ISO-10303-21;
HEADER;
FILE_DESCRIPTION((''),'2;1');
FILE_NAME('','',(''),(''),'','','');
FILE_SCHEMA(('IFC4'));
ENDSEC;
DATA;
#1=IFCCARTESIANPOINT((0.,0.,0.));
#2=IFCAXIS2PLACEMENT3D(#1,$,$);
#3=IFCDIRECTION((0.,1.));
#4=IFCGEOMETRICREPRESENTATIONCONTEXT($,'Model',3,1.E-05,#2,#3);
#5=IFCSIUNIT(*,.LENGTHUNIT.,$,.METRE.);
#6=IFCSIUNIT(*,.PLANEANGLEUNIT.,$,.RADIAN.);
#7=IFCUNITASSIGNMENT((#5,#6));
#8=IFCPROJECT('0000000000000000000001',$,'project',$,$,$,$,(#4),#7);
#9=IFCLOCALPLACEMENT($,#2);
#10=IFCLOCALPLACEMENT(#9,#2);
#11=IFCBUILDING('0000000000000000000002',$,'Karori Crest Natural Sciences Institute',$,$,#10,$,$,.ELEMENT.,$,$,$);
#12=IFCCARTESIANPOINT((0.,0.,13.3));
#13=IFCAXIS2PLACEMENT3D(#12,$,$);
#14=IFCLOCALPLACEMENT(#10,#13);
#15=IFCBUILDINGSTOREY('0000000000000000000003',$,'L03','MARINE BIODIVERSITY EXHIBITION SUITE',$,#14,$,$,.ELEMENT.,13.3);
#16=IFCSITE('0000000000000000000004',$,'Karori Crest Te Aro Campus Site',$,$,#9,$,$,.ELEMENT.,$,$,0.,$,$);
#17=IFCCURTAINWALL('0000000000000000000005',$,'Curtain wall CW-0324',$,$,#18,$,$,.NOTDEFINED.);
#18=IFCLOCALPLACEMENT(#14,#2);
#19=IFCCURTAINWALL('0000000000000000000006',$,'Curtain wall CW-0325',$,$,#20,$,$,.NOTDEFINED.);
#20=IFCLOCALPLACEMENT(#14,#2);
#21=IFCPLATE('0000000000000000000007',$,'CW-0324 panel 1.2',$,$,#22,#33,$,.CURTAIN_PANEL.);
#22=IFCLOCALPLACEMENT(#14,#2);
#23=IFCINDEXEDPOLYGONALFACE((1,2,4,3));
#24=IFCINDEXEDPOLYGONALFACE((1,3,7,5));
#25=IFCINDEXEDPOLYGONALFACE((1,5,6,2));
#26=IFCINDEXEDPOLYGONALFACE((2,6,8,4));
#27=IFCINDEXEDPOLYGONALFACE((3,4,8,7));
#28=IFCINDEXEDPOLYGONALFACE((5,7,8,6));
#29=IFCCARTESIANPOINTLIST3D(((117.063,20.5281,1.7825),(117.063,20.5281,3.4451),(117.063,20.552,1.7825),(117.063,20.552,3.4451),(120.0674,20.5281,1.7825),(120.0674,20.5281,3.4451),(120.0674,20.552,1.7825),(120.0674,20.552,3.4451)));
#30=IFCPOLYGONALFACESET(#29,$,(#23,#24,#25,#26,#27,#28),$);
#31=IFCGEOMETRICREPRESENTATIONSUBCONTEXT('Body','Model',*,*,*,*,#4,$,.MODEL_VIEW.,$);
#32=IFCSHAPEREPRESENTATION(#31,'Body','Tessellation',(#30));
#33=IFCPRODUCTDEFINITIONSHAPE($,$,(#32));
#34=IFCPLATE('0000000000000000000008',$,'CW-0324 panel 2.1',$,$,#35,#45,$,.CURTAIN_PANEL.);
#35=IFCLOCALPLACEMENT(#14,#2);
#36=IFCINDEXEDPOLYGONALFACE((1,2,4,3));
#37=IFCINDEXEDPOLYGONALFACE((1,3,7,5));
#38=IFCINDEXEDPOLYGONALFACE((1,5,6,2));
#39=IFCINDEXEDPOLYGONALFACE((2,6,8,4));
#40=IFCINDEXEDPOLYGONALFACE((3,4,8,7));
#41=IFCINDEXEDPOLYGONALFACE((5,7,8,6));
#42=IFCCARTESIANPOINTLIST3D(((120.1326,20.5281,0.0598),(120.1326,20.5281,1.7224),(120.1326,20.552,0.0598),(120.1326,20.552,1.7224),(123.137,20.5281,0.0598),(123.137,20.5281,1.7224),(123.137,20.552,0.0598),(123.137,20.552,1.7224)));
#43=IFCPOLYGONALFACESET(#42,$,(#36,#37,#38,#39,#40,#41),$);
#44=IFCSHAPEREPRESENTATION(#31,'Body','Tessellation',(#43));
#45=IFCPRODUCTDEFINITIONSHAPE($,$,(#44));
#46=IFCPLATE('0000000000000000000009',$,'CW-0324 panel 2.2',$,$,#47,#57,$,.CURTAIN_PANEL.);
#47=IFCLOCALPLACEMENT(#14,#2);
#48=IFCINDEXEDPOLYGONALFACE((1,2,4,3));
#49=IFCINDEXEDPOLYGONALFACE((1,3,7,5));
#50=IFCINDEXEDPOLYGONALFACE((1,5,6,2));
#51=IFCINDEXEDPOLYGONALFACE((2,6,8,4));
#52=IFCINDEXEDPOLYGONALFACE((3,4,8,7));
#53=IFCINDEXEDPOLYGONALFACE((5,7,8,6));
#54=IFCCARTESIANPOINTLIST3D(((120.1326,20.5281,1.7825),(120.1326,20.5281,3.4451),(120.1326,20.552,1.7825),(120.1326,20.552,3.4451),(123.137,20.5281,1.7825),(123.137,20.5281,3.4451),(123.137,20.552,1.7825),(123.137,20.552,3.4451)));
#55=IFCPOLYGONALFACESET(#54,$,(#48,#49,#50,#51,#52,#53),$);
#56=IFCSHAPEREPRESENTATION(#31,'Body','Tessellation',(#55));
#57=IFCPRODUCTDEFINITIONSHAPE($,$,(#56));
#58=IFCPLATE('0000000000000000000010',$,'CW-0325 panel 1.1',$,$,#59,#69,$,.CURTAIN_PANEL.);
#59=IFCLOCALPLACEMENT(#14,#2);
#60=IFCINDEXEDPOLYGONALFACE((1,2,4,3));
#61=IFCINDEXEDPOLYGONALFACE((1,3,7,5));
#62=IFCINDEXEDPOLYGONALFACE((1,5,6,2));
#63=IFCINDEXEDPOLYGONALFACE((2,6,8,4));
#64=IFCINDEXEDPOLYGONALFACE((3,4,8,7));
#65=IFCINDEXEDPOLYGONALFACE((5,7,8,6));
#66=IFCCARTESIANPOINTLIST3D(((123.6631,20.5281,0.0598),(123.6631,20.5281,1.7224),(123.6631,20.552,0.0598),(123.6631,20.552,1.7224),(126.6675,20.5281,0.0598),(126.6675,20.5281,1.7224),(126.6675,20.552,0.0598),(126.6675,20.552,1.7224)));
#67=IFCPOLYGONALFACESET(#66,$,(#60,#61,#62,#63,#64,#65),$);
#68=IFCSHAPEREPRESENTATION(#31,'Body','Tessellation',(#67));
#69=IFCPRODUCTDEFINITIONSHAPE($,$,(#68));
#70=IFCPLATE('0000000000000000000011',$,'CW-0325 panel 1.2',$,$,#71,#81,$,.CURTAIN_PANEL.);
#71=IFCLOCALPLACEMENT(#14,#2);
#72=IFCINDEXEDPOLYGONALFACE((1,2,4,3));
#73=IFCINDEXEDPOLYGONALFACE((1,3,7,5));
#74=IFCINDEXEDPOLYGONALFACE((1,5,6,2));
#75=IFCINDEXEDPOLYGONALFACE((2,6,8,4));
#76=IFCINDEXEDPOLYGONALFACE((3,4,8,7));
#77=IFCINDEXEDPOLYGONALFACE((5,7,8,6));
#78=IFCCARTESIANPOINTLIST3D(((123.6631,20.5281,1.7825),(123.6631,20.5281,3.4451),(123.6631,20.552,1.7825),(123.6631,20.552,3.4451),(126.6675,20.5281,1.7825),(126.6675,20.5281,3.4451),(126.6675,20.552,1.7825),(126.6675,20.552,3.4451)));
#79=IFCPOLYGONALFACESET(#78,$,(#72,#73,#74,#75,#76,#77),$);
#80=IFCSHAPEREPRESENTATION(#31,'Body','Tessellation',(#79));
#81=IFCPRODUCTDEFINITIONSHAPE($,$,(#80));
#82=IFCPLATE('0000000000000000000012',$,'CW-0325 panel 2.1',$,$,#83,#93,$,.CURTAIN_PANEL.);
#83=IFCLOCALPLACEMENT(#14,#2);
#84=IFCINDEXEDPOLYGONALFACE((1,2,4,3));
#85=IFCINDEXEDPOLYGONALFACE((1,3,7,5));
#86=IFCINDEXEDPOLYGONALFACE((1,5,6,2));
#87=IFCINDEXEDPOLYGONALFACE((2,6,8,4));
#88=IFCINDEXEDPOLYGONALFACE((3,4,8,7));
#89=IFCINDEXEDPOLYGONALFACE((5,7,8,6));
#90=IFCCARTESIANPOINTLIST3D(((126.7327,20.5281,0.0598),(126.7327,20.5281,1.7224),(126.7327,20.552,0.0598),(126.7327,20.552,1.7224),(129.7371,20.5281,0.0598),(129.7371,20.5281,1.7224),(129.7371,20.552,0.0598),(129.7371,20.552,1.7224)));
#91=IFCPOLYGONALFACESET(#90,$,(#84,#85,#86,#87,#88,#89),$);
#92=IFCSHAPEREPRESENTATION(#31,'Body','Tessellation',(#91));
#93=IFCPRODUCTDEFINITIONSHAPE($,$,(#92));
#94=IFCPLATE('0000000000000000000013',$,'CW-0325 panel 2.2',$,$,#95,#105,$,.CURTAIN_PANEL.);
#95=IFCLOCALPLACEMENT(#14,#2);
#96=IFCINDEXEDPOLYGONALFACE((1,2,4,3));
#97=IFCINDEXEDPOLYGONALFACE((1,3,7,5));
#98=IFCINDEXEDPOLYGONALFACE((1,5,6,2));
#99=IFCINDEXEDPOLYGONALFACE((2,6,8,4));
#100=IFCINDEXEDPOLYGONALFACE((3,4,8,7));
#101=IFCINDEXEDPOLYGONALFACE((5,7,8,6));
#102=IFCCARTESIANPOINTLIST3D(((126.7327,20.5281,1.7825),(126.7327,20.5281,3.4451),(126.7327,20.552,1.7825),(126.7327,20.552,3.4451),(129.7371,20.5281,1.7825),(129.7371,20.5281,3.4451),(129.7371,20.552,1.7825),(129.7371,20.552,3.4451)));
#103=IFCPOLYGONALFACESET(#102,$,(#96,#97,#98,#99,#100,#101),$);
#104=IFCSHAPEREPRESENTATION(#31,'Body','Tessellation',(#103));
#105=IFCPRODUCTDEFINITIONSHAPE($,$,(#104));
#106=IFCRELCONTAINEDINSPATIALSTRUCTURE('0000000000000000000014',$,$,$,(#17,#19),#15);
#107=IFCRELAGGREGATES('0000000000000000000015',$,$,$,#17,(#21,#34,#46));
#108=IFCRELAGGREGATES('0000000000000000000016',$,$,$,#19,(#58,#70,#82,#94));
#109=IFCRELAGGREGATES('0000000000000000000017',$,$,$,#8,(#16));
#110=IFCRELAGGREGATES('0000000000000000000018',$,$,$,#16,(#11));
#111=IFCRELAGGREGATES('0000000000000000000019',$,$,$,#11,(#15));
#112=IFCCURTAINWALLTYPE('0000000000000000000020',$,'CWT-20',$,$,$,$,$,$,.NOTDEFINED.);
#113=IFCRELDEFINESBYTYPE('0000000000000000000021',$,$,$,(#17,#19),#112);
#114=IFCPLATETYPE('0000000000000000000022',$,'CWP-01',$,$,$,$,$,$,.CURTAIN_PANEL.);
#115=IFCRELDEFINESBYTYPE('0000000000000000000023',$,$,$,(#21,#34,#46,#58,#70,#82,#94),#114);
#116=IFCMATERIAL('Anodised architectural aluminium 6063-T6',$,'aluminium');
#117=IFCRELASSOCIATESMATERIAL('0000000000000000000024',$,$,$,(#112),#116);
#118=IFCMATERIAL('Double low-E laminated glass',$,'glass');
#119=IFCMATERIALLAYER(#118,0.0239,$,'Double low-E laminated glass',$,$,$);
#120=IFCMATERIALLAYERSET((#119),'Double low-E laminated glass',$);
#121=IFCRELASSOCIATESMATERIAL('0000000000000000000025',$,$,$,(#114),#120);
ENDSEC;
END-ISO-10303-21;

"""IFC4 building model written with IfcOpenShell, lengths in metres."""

from ifc_helpers import new_model, si_unit, direction, frame, origin, origin_2d, place, context, subcontext, project, spatial, rectangle, extrude, material, layer, layer_set, type_object, element, aggregate, save


model = new_model("IFC4")

# Units and contexts
model_context = context("Model", 3, precision=1e-05, world=origin(), true_north=direction((0.0, 1.0)))
body_context = subcontext(model_context, "Body", "Model", "MODEL_VIEW")
ifc_project = project(units=[si_unit("LENGTHUNIT", "METRE"), si_unit("PLANEANGLEUNIT", "RADIAN")], contexts=[model_context])

# Site, building, storey
site_placement = place(None, origin())
site = spatial("IfcSite", under=ifc_project, at=site_placement, Name="Karori Crest Te Aro Campus Site", CompositionType="ELEMENT", RefElevation=0.0)
building_placement = place(site_placement, origin())
building = spatial("IfcBuilding", under=site, at=building_placement, Name="Karori Crest Natural Sciences Institute", CompositionType="ELEMENT")
storey_placement = place(building_placement, frame((0.0, 0.0, 13.3)))
storey = spatial("IfcBuildingStorey", under=building, at=storey_placement, Name="L03", Description="MARINE BIODIVERSITY EXHIBITION SUITE", CompositionType="ELEMENT", Elevation=13.3)

# Curtain walls
ifc_material_1 = material(Name="Anodised architectural aluminium 6063-T6", Category="aluminium")
curtain_wall_type = type_object("IfcCurtainWallType", Name="CWT-20", PredefinedType="NOTDEFINED", material=ifc_material_1)
curtain_wall_1_placement = place(storey_placement, origin())
curtain_wall_1 = element("IfcCurtainWall", 1, at=curtain_wall_1_placement, inside=storey, type_object=curtain_wall_type, Name="Curtain wall CW-0324", PredefinedType="NOTDEFINED")
curtain_wall_2_placement = place(storey_placement, origin())
curtain_wall_2 = element("IfcCurtainWall", 2, at=curtain_wall_2_placement, inside=storey, type_object=curtain_wall_type, Name="Curtain wall CW-0325", PredefinedType="NOTDEFINED")

# Plates
ifc_material_2 = material(Name="Double low-E laminated glass", Category="glass")
ifc_layer = layer(ifc_material_2, 0.0239, Name="Double low-E laminated glass")
ifc_layer_set = layer_set([ifc_layer], Name="Double low-E laminated glass")
plate_type = type_object("IfcPlateType", Name="CWP-01", PredefinedType="CURTAIN_PANEL", material=ifc_layer_set)
plate_1_placement = place(storey_placement, frame((118.5652, 20.54, 1.7825), z_axis=(0.0, 0.0, 1.0), x_axis=(1.0, 0.0, 0.0)))
plate_1 = element("IfcPlate", 3, at=plate_1_placement, type_object=plate_type, Name="CW-0324 panel 1.2", PredefinedType="CURTAIN_PANEL", context=body_context, shape_type="SweptSolid", body=[
    extrude(rectangle(XDim=3.0044, YDim=0.0239, at=origin_2d()), origin(), (0.0, 0.0, 1.0), 1.6626),
])
plate_2_placement = place(storey_placement, frame((121.6348, 20.54, 0.0598), z_axis=(0.0, 0.0, 1.0), x_axis=(1.0, 0.0, 0.0)))
plate_2 = element("IfcPlate", 4, at=plate_2_placement, type_object=plate_type, Name="CW-0324 panel 2.1", PredefinedType="CURTAIN_PANEL", context=body_context, shape_type="SweptSolid", body=[
    extrude(rectangle(XDim=3.0044, YDim=0.0239, at=origin_2d()), origin(), (0.0, 0.0, 1.0), 1.6626),
])
plate_3_placement = place(storey_placement, frame((121.6348, 20.54, 1.7825), z_axis=(0.0, 0.0, 1.0), x_axis=(1.0, 0.0, 0.0)))
plate_3 = element("IfcPlate", 5, at=plate_3_placement, type_object=plate_type, Name="CW-0324 panel 2.2", PredefinedType="CURTAIN_PANEL", context=body_context, shape_type="SweptSolid", body=[
    extrude(rectangle(XDim=3.0044, YDim=0.0239, at=origin_2d()), origin(), (0.0, 0.0, 1.0), 1.6626),
])
aggregate(curtain_wall_1, [plate_1, plate_2, plate_3])
plate_4_placement = place(storey_placement, frame((125.1653, 20.54, 0.0598), z_axis=(0.0, 0.0, 1.0), x_axis=(1.0, 0.0, 0.0)))
plate_4 = element("IfcPlate", 6, at=plate_4_placement, type_object=plate_type, Name="CW-0325 panel 1.1", PredefinedType="CURTAIN_PANEL", context=body_context, shape_type="SweptSolid", body=[
    extrude(rectangle(XDim=3.0044, YDim=0.0239, at=origin_2d()), origin(), (0.0, 0.0, 1.0), 1.6626),
])
plate_5_placement = place(storey_placement, frame((125.1653, 20.54, 1.7825), z_axis=(0.0, 0.0, 1.0), x_axis=(1.0, 0.0, 0.0)))
plate_5 = element("IfcPlate", 7, at=plate_5_placement, type_object=plate_type, Name="CW-0325 panel 1.2", PredefinedType="CURTAIN_PANEL", context=body_context, shape_type="SweptSolid", body=[
    extrude(rectangle(XDim=3.0044, YDim=0.0239, at=origin_2d()), origin(), (0.0, 0.0, 1.0), 1.6626),
])
plate_6_placement = place(storey_placement, frame((128.2349, 20.54, 0.0598), z_axis=(0.0, 0.0, 1.0), x_axis=(1.0, 0.0, 0.0)))
plate_6 = element("IfcPlate", 8, at=plate_6_placement, type_object=plate_type, Name="CW-0325 panel 2.1", PredefinedType="CURTAIN_PANEL", context=body_context, shape_type="SweptSolid", body=[
    extrude(rectangle(XDim=3.0044, YDim=0.0239, at=origin_2d()), origin(), (0.0, 0.0, 1.0), 1.6626),
])
plate_7_placement = place(storey_placement, frame((128.2349, 20.54, 1.7825), z_axis=(0.0, 0.0, 1.0), x_axis=(1.0, 0.0, 0.0)))
plate_7 = element("IfcPlate", 9, at=plate_7_placement, type_object=plate_type, Name="CW-0325 panel 2.2", PredefinedType="CURTAIN_PANEL", context=body_context, shape_type="SweptSolid", body=[
    extrude(rectangle(XDim=3.0044, YDim=0.0239, at=origin_2d()), origin(), (0.0, 0.0, 1.0), 1.6626),
])
aggregate(curtain_wall_2, [plate_4, plate_5, plate_6, plate_7])

save(model, "model.ifc")
